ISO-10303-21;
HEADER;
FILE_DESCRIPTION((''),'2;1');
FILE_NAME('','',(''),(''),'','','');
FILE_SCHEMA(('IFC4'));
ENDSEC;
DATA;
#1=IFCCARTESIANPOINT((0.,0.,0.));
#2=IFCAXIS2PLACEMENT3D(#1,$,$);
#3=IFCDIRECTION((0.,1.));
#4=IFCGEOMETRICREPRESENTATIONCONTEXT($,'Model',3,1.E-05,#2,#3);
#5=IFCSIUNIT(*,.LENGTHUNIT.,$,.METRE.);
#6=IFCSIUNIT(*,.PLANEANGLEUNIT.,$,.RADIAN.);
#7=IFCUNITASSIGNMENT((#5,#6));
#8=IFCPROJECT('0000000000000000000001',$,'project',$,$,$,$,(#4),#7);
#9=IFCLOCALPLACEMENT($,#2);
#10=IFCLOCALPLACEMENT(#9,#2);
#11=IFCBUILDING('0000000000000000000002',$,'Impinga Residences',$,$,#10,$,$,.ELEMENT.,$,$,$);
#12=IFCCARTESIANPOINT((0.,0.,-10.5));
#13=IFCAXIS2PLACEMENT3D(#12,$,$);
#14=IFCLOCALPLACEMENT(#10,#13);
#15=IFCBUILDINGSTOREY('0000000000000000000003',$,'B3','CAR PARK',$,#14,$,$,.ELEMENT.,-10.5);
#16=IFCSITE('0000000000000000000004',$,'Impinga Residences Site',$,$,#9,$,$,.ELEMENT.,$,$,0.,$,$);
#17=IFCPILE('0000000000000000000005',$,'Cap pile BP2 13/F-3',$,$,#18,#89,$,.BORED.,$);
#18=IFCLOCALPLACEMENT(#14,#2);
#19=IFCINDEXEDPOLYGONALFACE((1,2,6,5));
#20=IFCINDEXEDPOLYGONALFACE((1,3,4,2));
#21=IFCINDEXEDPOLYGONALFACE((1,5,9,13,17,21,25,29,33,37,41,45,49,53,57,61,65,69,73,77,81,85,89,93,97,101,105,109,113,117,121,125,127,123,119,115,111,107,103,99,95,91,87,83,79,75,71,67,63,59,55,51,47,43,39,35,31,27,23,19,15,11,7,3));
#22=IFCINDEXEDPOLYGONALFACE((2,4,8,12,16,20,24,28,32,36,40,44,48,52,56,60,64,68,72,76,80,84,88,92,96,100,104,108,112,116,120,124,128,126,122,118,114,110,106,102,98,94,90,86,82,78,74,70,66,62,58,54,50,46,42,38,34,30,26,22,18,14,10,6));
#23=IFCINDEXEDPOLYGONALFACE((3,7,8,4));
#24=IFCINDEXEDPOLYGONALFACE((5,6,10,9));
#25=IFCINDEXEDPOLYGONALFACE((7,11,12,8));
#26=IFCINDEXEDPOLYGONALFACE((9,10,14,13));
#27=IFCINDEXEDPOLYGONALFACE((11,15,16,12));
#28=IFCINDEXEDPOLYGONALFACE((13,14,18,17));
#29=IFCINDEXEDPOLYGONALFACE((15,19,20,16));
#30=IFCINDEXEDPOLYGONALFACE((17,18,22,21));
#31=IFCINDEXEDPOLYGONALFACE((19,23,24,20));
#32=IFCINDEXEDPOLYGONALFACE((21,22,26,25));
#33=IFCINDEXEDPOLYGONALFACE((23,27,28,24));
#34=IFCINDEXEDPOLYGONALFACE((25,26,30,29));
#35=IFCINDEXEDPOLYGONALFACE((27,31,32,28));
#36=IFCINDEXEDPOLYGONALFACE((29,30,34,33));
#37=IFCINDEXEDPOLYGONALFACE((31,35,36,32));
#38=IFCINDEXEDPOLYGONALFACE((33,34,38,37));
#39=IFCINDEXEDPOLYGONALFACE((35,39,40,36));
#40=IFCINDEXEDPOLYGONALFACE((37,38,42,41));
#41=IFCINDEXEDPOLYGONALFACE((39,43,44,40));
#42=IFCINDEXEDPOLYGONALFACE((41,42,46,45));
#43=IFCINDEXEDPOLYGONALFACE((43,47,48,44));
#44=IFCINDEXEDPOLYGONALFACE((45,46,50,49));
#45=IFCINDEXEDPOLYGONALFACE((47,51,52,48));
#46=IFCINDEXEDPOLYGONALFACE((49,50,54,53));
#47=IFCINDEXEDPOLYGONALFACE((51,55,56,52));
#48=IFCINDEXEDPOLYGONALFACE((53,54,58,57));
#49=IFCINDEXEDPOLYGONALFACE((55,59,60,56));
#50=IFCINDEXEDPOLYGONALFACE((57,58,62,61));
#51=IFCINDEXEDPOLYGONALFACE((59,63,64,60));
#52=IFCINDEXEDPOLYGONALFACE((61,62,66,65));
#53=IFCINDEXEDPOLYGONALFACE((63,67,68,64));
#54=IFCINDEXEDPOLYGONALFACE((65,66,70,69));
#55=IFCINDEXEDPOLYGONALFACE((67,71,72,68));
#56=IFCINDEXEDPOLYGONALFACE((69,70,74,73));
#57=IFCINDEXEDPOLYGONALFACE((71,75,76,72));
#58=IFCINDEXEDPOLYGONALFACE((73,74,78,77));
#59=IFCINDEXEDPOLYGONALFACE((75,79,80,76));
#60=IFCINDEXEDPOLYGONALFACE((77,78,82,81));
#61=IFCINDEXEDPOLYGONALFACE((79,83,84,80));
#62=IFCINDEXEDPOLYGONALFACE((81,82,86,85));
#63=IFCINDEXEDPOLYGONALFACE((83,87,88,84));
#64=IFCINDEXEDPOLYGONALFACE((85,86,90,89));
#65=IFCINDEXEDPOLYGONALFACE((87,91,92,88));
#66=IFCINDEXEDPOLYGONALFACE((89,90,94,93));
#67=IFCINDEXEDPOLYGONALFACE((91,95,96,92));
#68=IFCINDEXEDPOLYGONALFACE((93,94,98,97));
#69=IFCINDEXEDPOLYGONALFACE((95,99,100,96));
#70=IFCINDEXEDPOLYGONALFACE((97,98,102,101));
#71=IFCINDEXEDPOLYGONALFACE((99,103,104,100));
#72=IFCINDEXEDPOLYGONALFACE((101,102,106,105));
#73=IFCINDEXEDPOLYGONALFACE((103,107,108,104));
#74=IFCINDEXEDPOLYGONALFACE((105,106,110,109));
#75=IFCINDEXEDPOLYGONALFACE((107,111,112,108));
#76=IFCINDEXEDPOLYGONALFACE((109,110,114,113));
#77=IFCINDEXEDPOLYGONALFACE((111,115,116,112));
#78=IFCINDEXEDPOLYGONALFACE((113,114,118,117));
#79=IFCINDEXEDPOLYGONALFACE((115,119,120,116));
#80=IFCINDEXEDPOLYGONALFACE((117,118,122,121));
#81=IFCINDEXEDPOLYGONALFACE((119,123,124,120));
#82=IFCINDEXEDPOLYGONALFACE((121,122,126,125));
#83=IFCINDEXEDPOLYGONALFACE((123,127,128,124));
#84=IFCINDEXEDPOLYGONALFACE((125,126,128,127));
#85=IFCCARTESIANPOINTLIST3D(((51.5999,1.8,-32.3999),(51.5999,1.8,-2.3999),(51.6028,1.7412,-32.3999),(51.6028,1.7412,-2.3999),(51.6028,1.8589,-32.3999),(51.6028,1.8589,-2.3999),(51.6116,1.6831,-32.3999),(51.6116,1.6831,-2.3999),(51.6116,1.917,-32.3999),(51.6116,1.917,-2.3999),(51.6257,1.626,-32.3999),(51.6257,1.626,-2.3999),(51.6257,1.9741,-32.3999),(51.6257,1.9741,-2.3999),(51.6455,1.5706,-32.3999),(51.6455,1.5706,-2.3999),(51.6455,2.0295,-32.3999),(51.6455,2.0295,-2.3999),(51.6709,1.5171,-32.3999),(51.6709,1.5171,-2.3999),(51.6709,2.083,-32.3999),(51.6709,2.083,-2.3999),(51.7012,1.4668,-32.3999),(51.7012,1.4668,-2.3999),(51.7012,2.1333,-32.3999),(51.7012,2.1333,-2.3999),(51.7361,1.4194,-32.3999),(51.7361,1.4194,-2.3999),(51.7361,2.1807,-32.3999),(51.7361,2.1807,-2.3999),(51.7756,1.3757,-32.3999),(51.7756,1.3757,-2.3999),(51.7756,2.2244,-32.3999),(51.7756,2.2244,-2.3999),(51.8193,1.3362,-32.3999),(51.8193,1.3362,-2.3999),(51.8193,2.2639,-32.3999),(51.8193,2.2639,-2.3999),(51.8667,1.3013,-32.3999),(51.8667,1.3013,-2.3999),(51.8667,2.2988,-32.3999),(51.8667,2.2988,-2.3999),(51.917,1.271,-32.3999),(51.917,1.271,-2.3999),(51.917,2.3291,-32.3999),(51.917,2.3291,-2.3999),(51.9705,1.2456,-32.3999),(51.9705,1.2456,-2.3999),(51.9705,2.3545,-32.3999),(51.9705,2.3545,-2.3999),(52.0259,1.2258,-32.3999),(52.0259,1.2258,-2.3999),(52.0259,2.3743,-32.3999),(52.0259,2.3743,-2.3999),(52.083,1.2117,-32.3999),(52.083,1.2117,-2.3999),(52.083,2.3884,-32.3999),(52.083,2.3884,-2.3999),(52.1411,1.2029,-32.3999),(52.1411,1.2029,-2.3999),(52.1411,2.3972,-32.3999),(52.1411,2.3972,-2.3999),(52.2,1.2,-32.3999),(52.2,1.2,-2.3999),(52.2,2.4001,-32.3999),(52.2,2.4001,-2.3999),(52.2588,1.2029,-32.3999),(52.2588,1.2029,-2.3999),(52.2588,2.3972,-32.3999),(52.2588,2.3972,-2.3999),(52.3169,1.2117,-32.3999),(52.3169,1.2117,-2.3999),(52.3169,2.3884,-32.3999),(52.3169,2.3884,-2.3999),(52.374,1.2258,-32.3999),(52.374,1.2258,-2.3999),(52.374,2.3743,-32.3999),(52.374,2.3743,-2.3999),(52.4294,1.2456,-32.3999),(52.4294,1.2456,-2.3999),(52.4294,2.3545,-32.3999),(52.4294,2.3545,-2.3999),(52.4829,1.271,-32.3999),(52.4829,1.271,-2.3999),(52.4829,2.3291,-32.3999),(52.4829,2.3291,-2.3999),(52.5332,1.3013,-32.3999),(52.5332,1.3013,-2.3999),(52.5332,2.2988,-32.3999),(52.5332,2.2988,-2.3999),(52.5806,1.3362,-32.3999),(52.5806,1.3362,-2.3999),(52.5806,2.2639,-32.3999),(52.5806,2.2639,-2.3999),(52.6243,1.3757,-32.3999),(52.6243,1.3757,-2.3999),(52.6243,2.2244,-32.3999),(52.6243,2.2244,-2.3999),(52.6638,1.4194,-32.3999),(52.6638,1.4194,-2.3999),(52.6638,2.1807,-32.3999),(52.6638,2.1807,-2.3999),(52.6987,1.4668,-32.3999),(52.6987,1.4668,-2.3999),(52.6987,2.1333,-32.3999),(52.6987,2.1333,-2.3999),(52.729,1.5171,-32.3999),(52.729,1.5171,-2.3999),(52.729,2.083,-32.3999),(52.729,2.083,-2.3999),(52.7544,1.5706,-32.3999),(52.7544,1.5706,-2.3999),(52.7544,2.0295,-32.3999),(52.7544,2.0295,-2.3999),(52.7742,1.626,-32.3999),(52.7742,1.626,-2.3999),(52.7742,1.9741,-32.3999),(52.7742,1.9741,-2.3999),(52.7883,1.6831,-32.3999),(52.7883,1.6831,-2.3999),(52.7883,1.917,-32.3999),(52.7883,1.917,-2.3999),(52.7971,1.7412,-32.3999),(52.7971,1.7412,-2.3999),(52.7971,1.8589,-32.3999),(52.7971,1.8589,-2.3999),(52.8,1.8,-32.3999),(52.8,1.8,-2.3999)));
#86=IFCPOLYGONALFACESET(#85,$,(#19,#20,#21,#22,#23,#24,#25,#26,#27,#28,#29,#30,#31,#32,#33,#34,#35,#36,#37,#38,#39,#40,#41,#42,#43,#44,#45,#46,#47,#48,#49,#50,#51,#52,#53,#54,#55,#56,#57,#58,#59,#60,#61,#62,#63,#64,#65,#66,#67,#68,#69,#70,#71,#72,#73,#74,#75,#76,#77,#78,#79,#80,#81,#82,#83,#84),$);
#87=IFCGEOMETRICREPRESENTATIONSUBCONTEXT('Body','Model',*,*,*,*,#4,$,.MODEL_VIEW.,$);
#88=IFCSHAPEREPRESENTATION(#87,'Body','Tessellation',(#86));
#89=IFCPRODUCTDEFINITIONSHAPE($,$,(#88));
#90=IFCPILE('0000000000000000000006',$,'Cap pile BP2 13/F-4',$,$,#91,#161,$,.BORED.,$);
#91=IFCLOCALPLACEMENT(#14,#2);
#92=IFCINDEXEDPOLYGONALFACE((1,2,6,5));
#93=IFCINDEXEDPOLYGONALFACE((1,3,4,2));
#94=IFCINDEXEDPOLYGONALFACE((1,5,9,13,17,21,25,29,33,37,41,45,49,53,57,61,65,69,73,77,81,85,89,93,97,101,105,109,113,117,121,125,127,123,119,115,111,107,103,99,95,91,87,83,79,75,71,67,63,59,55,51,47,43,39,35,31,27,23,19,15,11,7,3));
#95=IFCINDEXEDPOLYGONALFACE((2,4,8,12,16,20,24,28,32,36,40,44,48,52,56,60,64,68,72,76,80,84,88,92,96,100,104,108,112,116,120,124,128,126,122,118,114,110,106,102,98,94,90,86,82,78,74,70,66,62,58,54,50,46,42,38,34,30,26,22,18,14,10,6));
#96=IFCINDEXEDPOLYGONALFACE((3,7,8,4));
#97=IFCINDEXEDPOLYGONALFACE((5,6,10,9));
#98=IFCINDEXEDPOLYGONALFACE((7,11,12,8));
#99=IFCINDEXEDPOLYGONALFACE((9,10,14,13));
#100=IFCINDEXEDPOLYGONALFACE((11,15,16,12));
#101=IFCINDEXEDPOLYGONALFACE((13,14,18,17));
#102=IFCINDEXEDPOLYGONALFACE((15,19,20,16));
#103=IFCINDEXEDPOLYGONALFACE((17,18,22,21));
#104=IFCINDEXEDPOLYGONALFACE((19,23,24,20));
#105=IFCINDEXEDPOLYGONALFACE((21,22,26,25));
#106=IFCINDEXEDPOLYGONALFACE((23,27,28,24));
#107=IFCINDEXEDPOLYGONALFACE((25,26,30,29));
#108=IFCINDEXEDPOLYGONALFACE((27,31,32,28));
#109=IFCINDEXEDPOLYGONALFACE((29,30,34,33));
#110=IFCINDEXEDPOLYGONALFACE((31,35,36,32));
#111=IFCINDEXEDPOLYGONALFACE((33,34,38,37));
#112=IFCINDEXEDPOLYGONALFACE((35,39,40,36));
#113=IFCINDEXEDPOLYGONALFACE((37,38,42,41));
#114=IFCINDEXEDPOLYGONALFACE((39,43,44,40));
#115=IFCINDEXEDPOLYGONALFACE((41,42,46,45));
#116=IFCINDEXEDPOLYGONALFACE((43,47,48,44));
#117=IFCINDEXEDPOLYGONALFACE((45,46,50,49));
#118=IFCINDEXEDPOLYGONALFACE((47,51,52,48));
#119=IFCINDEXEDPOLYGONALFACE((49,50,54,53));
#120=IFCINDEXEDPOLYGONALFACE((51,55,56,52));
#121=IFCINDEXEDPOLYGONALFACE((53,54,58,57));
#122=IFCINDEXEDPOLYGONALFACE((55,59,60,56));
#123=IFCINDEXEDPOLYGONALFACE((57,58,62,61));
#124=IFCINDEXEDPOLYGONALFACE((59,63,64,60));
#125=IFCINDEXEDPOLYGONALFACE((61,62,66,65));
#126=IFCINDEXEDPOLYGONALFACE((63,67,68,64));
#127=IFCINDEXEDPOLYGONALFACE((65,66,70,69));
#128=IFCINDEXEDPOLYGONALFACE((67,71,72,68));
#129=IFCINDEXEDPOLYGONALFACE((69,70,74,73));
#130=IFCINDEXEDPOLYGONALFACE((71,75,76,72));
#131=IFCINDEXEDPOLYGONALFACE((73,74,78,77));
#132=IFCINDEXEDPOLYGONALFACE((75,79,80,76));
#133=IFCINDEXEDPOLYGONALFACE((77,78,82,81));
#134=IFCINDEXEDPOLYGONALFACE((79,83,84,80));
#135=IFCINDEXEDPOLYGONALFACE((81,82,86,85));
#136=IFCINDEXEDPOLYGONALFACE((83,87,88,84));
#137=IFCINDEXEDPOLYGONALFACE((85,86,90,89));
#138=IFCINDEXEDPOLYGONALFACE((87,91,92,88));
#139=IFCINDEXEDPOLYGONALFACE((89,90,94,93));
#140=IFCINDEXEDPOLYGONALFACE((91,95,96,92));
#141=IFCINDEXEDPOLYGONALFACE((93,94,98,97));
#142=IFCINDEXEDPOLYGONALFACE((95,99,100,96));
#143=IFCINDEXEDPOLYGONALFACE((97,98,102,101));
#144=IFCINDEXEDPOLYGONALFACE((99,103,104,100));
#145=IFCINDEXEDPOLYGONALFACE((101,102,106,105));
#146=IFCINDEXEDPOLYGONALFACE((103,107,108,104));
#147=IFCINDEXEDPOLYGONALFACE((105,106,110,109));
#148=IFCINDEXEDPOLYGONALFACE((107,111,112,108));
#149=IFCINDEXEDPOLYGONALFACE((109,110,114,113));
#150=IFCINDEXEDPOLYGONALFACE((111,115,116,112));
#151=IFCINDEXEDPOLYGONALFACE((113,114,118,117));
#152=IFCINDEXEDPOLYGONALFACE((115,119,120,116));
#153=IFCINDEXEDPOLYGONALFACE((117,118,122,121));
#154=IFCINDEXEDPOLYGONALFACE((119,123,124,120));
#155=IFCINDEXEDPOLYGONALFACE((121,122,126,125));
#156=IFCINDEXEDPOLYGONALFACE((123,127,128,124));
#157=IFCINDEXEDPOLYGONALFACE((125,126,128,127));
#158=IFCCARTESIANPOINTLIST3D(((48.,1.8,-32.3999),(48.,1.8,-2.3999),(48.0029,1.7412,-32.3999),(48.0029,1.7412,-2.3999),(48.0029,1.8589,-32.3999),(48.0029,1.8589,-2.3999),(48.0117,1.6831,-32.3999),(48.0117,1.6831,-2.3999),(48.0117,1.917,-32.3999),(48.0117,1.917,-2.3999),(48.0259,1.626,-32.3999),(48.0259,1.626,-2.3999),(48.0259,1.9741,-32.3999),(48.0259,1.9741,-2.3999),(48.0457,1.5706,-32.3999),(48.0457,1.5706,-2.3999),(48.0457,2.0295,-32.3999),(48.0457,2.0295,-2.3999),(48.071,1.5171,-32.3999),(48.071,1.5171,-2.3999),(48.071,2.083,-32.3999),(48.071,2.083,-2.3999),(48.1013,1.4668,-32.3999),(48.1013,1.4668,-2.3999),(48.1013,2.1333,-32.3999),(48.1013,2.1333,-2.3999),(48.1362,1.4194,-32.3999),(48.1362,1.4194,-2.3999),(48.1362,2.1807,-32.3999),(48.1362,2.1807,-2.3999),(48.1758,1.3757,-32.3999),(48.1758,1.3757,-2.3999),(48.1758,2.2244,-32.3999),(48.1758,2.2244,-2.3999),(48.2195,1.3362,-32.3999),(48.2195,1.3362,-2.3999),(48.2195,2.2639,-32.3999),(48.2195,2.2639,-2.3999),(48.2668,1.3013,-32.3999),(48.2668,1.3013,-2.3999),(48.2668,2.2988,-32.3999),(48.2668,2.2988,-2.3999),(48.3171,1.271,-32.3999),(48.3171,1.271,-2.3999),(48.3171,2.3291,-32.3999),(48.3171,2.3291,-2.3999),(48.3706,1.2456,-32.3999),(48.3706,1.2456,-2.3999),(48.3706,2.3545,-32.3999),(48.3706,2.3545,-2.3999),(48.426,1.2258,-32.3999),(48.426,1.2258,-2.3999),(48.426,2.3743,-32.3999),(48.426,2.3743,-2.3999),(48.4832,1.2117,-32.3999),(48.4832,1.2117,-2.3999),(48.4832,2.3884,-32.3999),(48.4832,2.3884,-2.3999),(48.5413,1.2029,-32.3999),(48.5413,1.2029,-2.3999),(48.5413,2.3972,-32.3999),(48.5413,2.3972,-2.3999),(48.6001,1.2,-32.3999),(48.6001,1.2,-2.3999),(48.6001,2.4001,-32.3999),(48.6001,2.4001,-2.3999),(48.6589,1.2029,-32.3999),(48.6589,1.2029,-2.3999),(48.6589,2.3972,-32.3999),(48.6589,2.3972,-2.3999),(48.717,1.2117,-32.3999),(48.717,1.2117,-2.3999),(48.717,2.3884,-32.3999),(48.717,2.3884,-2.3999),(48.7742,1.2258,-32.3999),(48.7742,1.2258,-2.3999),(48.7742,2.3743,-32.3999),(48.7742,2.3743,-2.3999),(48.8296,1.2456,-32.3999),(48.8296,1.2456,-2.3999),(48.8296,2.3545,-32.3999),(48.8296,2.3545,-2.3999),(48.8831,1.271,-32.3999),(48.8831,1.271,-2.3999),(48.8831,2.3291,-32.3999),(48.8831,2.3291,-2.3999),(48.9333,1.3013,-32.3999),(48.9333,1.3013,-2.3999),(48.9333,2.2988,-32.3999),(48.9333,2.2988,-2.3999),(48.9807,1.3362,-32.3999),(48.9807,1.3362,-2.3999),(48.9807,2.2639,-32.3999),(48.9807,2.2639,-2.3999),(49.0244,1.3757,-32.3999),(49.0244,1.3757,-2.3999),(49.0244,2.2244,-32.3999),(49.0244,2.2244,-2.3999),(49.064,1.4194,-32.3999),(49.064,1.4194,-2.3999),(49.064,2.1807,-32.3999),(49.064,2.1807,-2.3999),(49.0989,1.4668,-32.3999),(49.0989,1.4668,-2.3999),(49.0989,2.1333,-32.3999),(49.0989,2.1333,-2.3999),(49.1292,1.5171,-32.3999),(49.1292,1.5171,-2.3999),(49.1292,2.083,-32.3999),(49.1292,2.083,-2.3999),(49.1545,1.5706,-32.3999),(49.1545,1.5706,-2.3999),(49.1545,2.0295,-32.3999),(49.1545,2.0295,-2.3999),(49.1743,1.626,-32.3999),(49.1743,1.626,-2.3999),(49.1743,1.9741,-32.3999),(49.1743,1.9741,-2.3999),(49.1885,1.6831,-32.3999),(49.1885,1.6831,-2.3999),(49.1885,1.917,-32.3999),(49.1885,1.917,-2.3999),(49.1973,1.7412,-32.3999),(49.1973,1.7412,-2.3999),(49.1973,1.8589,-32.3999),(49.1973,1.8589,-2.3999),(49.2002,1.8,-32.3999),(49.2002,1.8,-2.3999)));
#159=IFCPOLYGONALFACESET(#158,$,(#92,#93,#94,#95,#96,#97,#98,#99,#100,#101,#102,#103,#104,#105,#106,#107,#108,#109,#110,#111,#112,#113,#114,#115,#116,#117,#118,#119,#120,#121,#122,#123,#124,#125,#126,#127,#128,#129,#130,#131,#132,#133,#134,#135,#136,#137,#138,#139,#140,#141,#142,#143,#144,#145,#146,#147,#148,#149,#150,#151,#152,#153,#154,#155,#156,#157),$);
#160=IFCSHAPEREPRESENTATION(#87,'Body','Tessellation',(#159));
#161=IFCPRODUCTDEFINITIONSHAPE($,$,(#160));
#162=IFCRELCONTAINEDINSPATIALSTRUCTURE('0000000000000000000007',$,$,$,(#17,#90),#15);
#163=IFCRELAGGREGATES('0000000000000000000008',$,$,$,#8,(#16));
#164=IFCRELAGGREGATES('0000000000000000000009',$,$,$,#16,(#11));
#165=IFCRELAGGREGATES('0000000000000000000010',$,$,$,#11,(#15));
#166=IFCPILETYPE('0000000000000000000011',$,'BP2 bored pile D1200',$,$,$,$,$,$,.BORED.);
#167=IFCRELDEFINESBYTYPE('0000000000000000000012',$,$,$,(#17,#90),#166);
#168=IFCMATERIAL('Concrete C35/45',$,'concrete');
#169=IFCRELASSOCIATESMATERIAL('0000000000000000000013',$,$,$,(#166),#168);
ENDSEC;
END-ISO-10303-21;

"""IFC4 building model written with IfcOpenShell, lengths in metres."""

from ifc_helpers import new_model, si_unit, direction, frame, origin, origin_2d, place, context, subcontext, project, spatial, polyline, circle, outline, extrude, material, material_profile, profile_set, type_object, element, save


model = new_model("IFC4")

# Units and contexts
model_context = context("Model", 3, precision=1e-05, world=origin(), true_north=direction((0.0, 1.0)))
body_context = subcontext(model_context, "Body", "Model", "MODEL_VIEW")
ifc_project = project(units=[si_unit("LENGTHUNIT", "METRE"), si_unit("PLANEANGLEUNIT", "RADIAN")], contexts=[model_context])

# Site, building, storey
site_placement = place(None, origin())
site = spatial("IfcSite", under=ifc_project, at=site_placement, Name="Impinga Residences Site", CompositionType="ELEMENT", RefElevation=0.0)
building_placement = place(site_placement, origin())
building = spatial("IfcBuilding", under=site, at=building_placement, Name="Impinga Residences", CompositionType="ELEMENT")
storey_placement = place(building_placement, frame((0.0, 0.0, -10.5)))
storey = spatial("IfcBuildingStorey", under=building, at=storey_placement, Name="B3", Description="CAR PARK", CompositionType="ELEMENT", Elevation=-10.5)

# Piles
ifc_material_1 = material(Name="Concrete C35/45", Category="concrete")
ifc_material_profile_1 = material_profile(ifc_material_1, circle(Radius=0.6001, at=origin_2d()), Name="D1200")
ifc_profile_set_1 = profile_set([ifc_material_profile_1], Name="Concrete C35/45")
pile_type = type_object("IfcPileType", Name="BP2 bored pile D1200", PredefinedType="BORED", material=ifc_profile_set_1)
pile_1_placement = place(storey_placement, frame((52.2, 1.8, -2.3999), z_axis=(0.0, 0.0, -1.0), x_axis=(1.0, 0.0, 0.0)))
element("IfcPile", 1, at=pile_1_placement, inside=storey, type_object=pile_type, Name="Cap pile BP2 13/F-3", PredefinedType="BORED", context=body_context, shape_type="SweptSolid", body=[
    extrude(outline(polyline([(0.6001, 0.0), (0.5972, 0.0588), (0.5884, 0.1169), (0.5742, 0.1741), (0.5544, 0.2295), (0.5291, 0.283), (0.4988, 0.3333), (0.4639, 0.3806), (0.4243, 0.4243), (0.3806, 0.4639), (0.3333, 0.4988), (0.283, 0.5291), (0.2295, 0.5544), (0.1741, 0.5742), (0.1169, 0.5884), (0.0588, 0.5972), (0.0, 0.6001), (-0.0588, 0.5972), (-0.1169, 0.5884), (-0.1741, 0.5742), (-0.2295, 0.5544), (-0.283, 0.5291), (-0.3333, 0.4988), (-0.3806, 0.4639), (-0.4243, 0.4243), (-0.4639, 0.3806), (-0.4988, 0.3333), (-0.5291, 0.283), (-0.5544, 0.2295), (-0.5742, 0.1741), (-0.5884, 0.1169), (-0.5972, 0.0588), (-0.6001, 0.0), (-0.5972, -0.0588), (-0.5884, -0.1169), (-0.5742, -0.1741), (-0.5544, -0.2295), (-0.5291, -0.283), (-0.4988, -0.3333), (-0.4639, -0.3806), (-0.4243, -0.4243), (-0.3806, -0.4639), (-0.3333, -0.4988), (-0.283, -0.5291), (-0.2295, -0.5544), (-0.1741, -0.5742), (-0.1169, -0.5884), (-0.0588, -0.5972), (0.0, -0.6001), (0.0588, -0.5972), (0.1169, -0.5884), (0.1741, -0.5742), (0.2295, -0.5544), (0.283, -0.5291), (0.3333, -0.4988), (0.3806, -0.4639), (0.4243, -0.4243), (0.4639, -0.3806), (0.4988, -0.3333), (0.5291, -0.283), (0.5544, -0.2295), (0.5742, -0.1741), (0.5884, -0.1169), (0.5972, -0.0588), (0.6001, 0.0)])), origin(), (0.0, 0.0, 1.0), 30.0),
])
pile_2_placement = place(storey_placement, frame((48.6001, 1.8, -2.3999), z_axis=(0.0, 0.0, -1.0), x_axis=(1.0, 0.0, 0.0)))
element("IfcPile", 2, at=pile_2_placement, inside=storey, type_object=pile_type, Name="Cap pile BP2 13/F-4", PredefinedType="BORED", context=body_context, shape_type="SweptSolid", body=[
    extrude(outline(polyline([(0.6001, 0.0), (0.5972, 0.0588), (0.5884, 0.1169), (0.5742, 0.1741), (0.5544, 0.2295), (0.5291, 0.283), (0.4988, 0.3333), (0.4639, 0.3806), (0.4243, 0.4243), (0.3806, 0.4639), (0.3333, 0.4988), (0.283, 0.5291), (0.2295, 0.5544), (0.1741, 0.5742), (0.1169, 0.5884), (0.0588, 0.5972), (0.0, 0.6001), (-0.0588, 0.5972), (-0.1169, 0.5884), (-0.1741, 0.5742), (-0.2295, 0.5544), (-0.283, 0.5291), (-0.3333, 0.4988), (-0.3806, 0.4639), (-0.4243, 0.4243), (-0.4639, 0.3806), (-0.4988, 0.3333), (-0.5291, 0.283), (-0.5544, 0.2295), (-0.5742, 0.1741), (-0.5884, 0.1169), (-0.5972, 0.0588), (-0.6001, 0.0), (-0.5972, -0.0588), (-0.5884, -0.1169), (-0.5742, -0.1741), (-0.5544, -0.2295), (-0.5291, -0.283), (-0.4988, -0.3333), (-0.4639, -0.3806), (-0.4243, -0.4243), (-0.3806, -0.4639), (-0.3333, -0.4988), (-0.283, -0.5291), (-0.2295, -0.5544), (-0.1741, -0.5742), (-0.1169, -0.5884), (-0.0588, -0.5972), (0.0, -0.6001), (0.0588, -0.5972), (0.1169, -0.5884), (0.1741, -0.5742), (0.2295, -0.5544), (0.283, -0.5291), (0.3333, -0.4988), (0.3806, -0.4639), (0.4243, -0.4243), (0.4639, -0.3806), (0.4988, -0.3333), (0.5291, -0.283), (0.5544, -0.2295), (0.5742, -0.1741), (0.5884, -0.1169), (0.5972, -0.0588), (0.6001, 0.0)])), origin(), (0.0, 0.0, 1.0), 30.0),
])

save(model, "model.ifc")
